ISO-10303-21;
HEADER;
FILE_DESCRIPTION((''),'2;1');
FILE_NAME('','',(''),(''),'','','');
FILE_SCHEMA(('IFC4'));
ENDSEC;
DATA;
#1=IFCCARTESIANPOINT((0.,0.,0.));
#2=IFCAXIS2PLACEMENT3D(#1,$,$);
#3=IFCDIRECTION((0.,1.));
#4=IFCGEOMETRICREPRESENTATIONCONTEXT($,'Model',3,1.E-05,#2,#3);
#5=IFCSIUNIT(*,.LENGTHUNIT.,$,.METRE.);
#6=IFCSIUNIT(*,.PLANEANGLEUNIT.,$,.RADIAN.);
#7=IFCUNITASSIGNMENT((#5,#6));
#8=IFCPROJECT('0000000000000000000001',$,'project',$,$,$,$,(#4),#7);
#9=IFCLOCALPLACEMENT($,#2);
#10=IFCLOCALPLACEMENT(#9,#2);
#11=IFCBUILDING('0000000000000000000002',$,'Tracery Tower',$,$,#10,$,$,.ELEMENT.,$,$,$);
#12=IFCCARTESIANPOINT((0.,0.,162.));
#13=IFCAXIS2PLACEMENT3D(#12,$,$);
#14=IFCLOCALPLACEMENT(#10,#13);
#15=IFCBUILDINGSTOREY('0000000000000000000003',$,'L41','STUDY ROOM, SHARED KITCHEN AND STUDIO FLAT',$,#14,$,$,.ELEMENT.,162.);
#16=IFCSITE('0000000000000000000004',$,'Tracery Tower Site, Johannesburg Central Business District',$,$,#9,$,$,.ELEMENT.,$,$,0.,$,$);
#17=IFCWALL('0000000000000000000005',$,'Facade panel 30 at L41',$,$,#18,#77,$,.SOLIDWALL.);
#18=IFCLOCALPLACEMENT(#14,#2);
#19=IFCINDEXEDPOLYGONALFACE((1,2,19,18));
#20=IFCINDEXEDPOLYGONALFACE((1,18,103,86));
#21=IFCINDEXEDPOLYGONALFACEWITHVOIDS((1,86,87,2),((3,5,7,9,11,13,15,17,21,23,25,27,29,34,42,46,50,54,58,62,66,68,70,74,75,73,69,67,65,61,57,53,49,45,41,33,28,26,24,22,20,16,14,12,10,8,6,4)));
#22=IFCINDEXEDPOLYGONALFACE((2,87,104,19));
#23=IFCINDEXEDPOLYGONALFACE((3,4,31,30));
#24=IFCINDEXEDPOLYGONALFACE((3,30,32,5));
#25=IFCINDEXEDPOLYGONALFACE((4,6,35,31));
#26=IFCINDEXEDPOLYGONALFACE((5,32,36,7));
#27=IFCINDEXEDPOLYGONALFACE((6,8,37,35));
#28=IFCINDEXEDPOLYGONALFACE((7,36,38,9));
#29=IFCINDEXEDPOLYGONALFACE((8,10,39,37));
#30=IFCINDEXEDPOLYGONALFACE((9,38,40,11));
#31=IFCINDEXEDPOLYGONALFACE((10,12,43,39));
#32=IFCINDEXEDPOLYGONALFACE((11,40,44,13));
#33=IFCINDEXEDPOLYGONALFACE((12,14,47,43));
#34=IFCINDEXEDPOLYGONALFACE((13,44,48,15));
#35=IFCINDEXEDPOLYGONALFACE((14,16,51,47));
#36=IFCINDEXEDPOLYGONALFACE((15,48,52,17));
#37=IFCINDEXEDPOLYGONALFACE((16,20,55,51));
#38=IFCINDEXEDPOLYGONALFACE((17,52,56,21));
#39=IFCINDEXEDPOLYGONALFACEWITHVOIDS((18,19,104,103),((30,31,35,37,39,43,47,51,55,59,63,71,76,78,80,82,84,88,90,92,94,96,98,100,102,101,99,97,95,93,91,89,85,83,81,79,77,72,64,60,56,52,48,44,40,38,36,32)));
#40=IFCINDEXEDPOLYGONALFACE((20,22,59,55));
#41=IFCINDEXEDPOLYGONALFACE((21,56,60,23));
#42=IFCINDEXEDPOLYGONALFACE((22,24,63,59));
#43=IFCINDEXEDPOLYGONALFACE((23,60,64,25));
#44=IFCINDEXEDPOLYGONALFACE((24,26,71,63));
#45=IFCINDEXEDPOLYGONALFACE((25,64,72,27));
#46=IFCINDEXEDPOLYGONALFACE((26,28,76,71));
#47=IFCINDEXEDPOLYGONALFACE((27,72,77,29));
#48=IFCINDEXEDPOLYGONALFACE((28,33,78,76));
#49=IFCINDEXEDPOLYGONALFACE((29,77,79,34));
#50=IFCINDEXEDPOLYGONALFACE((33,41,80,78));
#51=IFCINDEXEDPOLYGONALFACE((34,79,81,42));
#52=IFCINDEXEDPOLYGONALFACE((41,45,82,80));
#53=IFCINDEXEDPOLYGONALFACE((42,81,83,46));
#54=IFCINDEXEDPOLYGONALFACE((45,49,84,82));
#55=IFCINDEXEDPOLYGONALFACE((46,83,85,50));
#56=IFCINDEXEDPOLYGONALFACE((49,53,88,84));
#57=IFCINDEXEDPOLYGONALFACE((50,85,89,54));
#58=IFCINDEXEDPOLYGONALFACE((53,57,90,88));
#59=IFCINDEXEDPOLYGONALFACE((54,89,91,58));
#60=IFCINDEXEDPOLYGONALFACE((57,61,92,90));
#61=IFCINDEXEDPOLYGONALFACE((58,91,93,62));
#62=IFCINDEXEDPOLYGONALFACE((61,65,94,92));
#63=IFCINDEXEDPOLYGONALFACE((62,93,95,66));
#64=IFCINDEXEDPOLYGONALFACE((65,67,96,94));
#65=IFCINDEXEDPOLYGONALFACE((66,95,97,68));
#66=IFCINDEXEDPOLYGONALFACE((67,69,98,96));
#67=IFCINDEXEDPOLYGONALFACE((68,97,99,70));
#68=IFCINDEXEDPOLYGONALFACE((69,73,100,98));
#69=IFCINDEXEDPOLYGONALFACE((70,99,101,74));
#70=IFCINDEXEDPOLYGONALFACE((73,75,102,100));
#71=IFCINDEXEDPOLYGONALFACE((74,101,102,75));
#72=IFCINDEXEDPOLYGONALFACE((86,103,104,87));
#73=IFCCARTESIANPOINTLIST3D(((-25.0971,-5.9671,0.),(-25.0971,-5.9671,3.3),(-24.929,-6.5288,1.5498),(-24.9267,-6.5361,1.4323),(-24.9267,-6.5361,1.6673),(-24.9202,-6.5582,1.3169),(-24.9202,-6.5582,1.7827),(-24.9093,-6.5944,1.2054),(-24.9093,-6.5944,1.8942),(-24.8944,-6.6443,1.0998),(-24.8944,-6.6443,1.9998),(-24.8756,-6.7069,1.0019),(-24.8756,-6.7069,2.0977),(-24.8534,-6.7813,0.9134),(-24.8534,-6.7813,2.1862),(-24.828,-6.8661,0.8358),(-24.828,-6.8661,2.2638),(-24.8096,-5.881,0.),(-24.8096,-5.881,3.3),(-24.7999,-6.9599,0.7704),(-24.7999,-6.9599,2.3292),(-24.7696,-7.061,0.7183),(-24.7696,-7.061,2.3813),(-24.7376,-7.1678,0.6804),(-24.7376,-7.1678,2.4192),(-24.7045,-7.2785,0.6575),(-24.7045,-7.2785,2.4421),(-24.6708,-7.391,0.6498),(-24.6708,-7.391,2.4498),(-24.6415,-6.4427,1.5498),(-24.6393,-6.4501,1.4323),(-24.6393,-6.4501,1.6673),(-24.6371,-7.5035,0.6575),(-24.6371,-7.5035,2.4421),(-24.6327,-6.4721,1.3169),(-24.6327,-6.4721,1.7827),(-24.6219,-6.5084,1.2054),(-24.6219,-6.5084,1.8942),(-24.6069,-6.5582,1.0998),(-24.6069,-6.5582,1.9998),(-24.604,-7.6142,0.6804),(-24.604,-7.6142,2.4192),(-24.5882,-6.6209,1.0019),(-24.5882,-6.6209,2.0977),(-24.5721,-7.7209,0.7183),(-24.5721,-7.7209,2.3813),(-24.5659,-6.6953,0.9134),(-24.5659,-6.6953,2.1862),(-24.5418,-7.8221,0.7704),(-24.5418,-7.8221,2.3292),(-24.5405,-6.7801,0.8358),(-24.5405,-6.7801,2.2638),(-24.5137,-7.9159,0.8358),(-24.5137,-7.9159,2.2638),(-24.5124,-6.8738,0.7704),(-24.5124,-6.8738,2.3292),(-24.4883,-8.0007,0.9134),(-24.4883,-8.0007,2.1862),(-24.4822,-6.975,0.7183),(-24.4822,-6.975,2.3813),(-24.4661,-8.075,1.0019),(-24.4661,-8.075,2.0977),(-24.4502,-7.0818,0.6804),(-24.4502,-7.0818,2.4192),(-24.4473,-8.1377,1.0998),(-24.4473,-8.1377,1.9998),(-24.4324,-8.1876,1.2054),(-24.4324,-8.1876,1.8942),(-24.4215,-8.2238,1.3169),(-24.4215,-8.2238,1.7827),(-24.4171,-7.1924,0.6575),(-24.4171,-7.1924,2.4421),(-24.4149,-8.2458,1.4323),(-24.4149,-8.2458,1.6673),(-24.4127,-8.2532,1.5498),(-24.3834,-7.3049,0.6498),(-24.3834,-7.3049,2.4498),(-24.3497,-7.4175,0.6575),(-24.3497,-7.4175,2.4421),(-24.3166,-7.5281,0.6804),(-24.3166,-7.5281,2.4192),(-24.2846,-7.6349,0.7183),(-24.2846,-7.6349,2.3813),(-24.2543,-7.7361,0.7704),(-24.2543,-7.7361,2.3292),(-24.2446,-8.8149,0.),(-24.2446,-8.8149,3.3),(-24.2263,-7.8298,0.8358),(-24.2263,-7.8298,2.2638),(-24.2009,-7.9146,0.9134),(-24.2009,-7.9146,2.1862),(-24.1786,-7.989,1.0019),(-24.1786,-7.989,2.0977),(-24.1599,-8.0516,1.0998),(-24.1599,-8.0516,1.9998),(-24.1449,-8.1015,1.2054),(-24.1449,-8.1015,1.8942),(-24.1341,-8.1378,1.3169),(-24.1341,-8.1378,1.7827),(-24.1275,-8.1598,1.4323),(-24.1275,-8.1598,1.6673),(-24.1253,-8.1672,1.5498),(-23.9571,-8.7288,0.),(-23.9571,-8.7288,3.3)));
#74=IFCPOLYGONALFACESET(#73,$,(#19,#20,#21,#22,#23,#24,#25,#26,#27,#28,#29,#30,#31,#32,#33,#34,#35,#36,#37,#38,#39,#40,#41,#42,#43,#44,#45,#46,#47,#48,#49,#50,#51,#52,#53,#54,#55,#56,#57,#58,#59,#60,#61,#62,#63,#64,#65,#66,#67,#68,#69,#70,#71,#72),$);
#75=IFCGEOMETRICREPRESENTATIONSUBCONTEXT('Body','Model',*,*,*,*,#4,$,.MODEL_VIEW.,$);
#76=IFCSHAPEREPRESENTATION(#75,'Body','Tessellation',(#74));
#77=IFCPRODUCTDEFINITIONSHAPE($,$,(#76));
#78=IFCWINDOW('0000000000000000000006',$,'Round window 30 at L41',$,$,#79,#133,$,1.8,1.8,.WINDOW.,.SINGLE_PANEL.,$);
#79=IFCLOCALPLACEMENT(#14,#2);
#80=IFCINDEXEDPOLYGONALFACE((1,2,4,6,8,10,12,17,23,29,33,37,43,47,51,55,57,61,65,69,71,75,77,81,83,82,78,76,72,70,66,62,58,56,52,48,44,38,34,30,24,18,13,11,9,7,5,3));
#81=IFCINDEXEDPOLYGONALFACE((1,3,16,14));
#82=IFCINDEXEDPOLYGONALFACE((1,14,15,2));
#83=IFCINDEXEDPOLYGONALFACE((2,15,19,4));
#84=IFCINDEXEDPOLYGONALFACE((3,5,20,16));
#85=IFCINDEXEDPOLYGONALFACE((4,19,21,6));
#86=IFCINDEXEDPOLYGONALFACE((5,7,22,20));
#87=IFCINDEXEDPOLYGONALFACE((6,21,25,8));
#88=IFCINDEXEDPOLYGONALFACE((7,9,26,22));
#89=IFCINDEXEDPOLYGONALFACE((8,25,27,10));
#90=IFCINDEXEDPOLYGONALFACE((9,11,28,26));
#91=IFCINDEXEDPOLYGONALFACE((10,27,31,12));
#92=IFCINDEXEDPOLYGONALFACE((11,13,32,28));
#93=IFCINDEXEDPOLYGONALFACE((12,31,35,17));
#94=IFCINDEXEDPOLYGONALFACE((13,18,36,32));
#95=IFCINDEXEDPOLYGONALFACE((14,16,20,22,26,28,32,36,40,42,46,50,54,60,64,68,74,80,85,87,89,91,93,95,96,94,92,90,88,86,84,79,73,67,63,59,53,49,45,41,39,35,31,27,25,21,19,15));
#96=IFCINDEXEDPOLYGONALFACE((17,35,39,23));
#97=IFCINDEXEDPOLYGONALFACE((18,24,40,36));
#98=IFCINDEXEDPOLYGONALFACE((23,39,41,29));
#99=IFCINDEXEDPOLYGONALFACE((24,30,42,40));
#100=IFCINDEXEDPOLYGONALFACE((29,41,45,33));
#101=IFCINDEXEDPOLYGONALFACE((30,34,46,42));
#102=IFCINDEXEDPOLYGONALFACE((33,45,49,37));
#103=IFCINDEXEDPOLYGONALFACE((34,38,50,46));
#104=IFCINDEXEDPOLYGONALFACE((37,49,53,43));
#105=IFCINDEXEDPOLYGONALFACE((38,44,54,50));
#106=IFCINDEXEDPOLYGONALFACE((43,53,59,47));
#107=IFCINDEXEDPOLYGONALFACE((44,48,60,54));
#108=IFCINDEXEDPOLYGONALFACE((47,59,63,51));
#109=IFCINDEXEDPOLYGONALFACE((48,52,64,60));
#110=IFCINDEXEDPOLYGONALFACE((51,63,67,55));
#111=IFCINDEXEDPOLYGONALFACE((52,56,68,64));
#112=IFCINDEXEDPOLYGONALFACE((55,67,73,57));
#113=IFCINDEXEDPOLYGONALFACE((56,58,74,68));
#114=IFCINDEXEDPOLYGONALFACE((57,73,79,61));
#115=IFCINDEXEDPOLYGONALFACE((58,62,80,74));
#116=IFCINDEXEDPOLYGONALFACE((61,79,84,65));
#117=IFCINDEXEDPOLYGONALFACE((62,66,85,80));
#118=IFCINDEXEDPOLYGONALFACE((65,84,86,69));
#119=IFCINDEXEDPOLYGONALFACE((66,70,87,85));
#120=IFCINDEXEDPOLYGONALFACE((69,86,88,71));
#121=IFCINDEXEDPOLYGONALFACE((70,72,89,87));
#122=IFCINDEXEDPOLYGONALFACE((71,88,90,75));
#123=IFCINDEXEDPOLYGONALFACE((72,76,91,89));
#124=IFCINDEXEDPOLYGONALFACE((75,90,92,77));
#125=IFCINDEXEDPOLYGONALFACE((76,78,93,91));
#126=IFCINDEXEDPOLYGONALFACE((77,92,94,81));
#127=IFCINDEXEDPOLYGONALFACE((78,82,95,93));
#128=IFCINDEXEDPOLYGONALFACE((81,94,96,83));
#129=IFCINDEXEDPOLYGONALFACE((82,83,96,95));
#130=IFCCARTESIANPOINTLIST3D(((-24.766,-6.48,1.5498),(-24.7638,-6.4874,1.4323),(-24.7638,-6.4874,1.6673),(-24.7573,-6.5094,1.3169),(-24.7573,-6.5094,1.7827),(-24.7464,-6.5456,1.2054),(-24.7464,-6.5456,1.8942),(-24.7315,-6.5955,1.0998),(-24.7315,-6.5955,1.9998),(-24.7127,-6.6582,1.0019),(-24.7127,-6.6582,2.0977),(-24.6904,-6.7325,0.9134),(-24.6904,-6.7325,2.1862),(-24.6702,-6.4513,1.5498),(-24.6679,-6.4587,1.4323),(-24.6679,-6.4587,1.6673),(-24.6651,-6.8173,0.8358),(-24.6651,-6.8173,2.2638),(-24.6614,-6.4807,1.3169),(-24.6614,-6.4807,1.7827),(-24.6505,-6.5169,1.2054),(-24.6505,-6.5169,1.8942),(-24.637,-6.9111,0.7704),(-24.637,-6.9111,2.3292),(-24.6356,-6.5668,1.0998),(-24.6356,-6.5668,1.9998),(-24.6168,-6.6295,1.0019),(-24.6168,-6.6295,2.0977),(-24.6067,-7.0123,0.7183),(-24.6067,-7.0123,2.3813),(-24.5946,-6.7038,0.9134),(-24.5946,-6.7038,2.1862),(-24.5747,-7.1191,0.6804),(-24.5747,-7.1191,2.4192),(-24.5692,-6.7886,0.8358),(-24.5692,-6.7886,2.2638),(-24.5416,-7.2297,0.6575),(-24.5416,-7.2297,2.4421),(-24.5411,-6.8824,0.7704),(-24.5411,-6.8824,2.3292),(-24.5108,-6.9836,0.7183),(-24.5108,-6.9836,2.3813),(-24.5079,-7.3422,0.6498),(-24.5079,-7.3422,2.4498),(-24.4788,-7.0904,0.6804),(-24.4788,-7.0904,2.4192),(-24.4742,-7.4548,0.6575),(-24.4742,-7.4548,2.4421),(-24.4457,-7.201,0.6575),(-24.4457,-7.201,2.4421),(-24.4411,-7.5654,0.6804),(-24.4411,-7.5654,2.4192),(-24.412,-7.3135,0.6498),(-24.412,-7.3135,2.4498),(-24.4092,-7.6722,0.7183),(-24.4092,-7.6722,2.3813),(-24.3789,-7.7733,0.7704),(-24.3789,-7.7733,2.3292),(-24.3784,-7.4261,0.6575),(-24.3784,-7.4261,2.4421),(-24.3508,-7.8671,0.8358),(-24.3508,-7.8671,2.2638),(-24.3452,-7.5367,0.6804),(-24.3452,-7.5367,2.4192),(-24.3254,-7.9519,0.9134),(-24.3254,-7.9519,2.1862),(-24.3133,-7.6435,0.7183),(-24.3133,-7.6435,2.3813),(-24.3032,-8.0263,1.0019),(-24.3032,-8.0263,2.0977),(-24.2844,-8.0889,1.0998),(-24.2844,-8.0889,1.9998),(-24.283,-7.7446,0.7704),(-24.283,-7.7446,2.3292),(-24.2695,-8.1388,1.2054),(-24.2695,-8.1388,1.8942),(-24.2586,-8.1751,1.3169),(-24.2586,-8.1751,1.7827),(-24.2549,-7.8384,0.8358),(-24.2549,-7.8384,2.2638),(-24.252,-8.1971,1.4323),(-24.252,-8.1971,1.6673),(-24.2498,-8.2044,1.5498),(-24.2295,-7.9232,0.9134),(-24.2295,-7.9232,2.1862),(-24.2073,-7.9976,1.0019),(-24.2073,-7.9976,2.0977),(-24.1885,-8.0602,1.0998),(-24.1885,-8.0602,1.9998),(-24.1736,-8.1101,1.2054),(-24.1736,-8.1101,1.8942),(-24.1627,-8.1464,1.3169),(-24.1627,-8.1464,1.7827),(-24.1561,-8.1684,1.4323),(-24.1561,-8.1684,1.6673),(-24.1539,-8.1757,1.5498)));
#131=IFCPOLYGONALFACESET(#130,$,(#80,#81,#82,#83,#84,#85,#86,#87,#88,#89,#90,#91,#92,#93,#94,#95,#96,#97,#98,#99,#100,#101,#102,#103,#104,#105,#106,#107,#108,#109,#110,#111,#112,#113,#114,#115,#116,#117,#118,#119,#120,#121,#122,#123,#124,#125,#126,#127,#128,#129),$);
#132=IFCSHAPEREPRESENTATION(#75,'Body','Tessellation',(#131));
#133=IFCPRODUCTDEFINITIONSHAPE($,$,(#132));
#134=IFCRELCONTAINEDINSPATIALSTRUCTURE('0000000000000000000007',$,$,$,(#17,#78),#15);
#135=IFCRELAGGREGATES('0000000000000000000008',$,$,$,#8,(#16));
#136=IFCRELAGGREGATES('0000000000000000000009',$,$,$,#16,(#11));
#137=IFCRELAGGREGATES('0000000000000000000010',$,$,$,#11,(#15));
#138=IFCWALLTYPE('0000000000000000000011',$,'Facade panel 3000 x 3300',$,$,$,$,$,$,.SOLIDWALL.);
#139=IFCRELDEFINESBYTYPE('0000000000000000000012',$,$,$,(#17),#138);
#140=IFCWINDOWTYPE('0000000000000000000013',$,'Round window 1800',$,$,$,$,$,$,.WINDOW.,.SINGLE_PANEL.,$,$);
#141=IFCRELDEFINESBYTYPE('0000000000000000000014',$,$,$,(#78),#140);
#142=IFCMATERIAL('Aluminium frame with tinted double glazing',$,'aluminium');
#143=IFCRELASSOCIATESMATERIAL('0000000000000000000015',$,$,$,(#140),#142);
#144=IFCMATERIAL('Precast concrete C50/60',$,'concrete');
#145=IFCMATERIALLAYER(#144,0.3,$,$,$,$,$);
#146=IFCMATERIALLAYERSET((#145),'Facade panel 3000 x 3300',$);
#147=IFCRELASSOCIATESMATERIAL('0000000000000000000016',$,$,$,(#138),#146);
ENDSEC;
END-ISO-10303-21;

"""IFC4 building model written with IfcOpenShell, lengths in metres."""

from ifc_helpers import new_model, si_unit, direction, frame, frame_2d, origin, origin_2d, place, context, subcontext, project, spatial, rectangle, circle, extrude, material, layer, layer_set, type_object, element, fill, save


model = new_model("IFC4")

# Units and contexts
model_context = context("Model", 3, precision=1e-05, world=origin(), true_north=direction((0.0, 1.0)))
body_context = subcontext(model_context, "Body", "Model", "MODEL_VIEW")
ifc_project = project(units=[si_unit("LENGTHUNIT", "METRE"), si_unit("PLANEANGLEUNIT", "RADIAN")], contexts=[model_context])

# Site, building, storey
site_placement = place(None, origin())
site = spatial("IfcSite", under=ifc_project, at=site_placement, Name="Tracery Tower Site, Johannesburg Central Business District", CompositionType="ELEMENT", RefElevation=0.0)
building_placement = place(site_placement, origin())
building = spatial("IfcBuilding", under=site, at=building_placement, Name="Tracery Tower", CompositionType="ELEMENT")
storey_placement = place(building_placement, frame((0.0, 0.0, 162.0)))
storey = spatial("IfcBuildingStorey", under=building, at=storey_placement, Name="L41", Description="STUDY ROOM, SHARED KITCHEN AND STUDIO FLAT", CompositionType="ELEMENT", Elevation=162.0)

# Wall, opening, window
ifc_material_1 = material(Name="Aluminium frame with tinted double glazing", Category="aluminium")
window_type = type_object("IfcWindowType", Name="Round window 1800", PartitioningType="SINGLE_PANEL", PredefinedType="WINDOW", material=ifc_material_1)
ifc_material_2 = material(Name="Precast concrete C50/60", Category="concrete")
ifc_layer_1 = layer(ifc_material_2, 0.3)
ifc_layer_set_1 = layer_set([ifc_layer_1], Name="Facade panel 3000 x 3300")
wall_type_1 = type_object("IfcWallType", Name="Facade panel 3000 x 3300", PredefinedType="SOLIDWALL", material=ifc_layer_set_1)
wall_1_placement = place(storey_placement, frame((-24.9534, -5.9241, 0.0), z_axis=(0.0, 0.0, 1.0), x_axis=(0.286783, -0.957996, 0.0)))
wall_1 = element("IfcWall", 1, at=wall_1_placement, inside=storey, type_object=wall_type_1, Name="Facade panel 30 at L41", PredefinedType="SOLIDWALL", context=body_context, shape_type="SweptSolid", body=[
    extrude(rectangle(XDim=2.9727, YDim=0.3, at=frame_2d((1.4863, 0.0))), origin(), (0.0, 0.0, 1.0), 3.3),
])
opening_1_placement = place(wall_1_placement, frame((1.4863, 0.0, 1.5498)))
opening_1 = element("IfcOpeningElement", 2, at=opening_1_placement, cuts=wall_1, PredefinedType="OPENING", context=body_context, shape_type="SweptSolid", body=[
    extrude(circle(Radius=0.9, at=origin_2d()), frame((0.0, 0.1599, 0.0), z_axis=(0.0, -1.0, 0.0), x_axis=(1.0, 0.0, 0.0)), (0.0, 0.0, 1.0), 0.3201),
])
window_1_placement = place(opening_1_placement, origin())
window_1 = element("IfcWindow", 3, at=window_1_placement, inside=storey, type_object=window_type, Name="Round window 30 at L41", OverallHeight=1.8, OverallWidth=1.8, PartitioningType="SINGLE_PANEL", PredefinedType="WINDOW", context=body_context, shape_type="SweptSolid", body=[
    extrude(circle(Radius=0.9, at=origin_2d()), frame((0.0, 0.1201, 0.0), z_axis=(0.0, -1.0, 0.0), x_axis=(1.0, 0.0, 0.0)), (0.0, 0.0, 1.0), 0.1001),
])
fill(opening_1, window_1)

save(model, "model.ifc")
